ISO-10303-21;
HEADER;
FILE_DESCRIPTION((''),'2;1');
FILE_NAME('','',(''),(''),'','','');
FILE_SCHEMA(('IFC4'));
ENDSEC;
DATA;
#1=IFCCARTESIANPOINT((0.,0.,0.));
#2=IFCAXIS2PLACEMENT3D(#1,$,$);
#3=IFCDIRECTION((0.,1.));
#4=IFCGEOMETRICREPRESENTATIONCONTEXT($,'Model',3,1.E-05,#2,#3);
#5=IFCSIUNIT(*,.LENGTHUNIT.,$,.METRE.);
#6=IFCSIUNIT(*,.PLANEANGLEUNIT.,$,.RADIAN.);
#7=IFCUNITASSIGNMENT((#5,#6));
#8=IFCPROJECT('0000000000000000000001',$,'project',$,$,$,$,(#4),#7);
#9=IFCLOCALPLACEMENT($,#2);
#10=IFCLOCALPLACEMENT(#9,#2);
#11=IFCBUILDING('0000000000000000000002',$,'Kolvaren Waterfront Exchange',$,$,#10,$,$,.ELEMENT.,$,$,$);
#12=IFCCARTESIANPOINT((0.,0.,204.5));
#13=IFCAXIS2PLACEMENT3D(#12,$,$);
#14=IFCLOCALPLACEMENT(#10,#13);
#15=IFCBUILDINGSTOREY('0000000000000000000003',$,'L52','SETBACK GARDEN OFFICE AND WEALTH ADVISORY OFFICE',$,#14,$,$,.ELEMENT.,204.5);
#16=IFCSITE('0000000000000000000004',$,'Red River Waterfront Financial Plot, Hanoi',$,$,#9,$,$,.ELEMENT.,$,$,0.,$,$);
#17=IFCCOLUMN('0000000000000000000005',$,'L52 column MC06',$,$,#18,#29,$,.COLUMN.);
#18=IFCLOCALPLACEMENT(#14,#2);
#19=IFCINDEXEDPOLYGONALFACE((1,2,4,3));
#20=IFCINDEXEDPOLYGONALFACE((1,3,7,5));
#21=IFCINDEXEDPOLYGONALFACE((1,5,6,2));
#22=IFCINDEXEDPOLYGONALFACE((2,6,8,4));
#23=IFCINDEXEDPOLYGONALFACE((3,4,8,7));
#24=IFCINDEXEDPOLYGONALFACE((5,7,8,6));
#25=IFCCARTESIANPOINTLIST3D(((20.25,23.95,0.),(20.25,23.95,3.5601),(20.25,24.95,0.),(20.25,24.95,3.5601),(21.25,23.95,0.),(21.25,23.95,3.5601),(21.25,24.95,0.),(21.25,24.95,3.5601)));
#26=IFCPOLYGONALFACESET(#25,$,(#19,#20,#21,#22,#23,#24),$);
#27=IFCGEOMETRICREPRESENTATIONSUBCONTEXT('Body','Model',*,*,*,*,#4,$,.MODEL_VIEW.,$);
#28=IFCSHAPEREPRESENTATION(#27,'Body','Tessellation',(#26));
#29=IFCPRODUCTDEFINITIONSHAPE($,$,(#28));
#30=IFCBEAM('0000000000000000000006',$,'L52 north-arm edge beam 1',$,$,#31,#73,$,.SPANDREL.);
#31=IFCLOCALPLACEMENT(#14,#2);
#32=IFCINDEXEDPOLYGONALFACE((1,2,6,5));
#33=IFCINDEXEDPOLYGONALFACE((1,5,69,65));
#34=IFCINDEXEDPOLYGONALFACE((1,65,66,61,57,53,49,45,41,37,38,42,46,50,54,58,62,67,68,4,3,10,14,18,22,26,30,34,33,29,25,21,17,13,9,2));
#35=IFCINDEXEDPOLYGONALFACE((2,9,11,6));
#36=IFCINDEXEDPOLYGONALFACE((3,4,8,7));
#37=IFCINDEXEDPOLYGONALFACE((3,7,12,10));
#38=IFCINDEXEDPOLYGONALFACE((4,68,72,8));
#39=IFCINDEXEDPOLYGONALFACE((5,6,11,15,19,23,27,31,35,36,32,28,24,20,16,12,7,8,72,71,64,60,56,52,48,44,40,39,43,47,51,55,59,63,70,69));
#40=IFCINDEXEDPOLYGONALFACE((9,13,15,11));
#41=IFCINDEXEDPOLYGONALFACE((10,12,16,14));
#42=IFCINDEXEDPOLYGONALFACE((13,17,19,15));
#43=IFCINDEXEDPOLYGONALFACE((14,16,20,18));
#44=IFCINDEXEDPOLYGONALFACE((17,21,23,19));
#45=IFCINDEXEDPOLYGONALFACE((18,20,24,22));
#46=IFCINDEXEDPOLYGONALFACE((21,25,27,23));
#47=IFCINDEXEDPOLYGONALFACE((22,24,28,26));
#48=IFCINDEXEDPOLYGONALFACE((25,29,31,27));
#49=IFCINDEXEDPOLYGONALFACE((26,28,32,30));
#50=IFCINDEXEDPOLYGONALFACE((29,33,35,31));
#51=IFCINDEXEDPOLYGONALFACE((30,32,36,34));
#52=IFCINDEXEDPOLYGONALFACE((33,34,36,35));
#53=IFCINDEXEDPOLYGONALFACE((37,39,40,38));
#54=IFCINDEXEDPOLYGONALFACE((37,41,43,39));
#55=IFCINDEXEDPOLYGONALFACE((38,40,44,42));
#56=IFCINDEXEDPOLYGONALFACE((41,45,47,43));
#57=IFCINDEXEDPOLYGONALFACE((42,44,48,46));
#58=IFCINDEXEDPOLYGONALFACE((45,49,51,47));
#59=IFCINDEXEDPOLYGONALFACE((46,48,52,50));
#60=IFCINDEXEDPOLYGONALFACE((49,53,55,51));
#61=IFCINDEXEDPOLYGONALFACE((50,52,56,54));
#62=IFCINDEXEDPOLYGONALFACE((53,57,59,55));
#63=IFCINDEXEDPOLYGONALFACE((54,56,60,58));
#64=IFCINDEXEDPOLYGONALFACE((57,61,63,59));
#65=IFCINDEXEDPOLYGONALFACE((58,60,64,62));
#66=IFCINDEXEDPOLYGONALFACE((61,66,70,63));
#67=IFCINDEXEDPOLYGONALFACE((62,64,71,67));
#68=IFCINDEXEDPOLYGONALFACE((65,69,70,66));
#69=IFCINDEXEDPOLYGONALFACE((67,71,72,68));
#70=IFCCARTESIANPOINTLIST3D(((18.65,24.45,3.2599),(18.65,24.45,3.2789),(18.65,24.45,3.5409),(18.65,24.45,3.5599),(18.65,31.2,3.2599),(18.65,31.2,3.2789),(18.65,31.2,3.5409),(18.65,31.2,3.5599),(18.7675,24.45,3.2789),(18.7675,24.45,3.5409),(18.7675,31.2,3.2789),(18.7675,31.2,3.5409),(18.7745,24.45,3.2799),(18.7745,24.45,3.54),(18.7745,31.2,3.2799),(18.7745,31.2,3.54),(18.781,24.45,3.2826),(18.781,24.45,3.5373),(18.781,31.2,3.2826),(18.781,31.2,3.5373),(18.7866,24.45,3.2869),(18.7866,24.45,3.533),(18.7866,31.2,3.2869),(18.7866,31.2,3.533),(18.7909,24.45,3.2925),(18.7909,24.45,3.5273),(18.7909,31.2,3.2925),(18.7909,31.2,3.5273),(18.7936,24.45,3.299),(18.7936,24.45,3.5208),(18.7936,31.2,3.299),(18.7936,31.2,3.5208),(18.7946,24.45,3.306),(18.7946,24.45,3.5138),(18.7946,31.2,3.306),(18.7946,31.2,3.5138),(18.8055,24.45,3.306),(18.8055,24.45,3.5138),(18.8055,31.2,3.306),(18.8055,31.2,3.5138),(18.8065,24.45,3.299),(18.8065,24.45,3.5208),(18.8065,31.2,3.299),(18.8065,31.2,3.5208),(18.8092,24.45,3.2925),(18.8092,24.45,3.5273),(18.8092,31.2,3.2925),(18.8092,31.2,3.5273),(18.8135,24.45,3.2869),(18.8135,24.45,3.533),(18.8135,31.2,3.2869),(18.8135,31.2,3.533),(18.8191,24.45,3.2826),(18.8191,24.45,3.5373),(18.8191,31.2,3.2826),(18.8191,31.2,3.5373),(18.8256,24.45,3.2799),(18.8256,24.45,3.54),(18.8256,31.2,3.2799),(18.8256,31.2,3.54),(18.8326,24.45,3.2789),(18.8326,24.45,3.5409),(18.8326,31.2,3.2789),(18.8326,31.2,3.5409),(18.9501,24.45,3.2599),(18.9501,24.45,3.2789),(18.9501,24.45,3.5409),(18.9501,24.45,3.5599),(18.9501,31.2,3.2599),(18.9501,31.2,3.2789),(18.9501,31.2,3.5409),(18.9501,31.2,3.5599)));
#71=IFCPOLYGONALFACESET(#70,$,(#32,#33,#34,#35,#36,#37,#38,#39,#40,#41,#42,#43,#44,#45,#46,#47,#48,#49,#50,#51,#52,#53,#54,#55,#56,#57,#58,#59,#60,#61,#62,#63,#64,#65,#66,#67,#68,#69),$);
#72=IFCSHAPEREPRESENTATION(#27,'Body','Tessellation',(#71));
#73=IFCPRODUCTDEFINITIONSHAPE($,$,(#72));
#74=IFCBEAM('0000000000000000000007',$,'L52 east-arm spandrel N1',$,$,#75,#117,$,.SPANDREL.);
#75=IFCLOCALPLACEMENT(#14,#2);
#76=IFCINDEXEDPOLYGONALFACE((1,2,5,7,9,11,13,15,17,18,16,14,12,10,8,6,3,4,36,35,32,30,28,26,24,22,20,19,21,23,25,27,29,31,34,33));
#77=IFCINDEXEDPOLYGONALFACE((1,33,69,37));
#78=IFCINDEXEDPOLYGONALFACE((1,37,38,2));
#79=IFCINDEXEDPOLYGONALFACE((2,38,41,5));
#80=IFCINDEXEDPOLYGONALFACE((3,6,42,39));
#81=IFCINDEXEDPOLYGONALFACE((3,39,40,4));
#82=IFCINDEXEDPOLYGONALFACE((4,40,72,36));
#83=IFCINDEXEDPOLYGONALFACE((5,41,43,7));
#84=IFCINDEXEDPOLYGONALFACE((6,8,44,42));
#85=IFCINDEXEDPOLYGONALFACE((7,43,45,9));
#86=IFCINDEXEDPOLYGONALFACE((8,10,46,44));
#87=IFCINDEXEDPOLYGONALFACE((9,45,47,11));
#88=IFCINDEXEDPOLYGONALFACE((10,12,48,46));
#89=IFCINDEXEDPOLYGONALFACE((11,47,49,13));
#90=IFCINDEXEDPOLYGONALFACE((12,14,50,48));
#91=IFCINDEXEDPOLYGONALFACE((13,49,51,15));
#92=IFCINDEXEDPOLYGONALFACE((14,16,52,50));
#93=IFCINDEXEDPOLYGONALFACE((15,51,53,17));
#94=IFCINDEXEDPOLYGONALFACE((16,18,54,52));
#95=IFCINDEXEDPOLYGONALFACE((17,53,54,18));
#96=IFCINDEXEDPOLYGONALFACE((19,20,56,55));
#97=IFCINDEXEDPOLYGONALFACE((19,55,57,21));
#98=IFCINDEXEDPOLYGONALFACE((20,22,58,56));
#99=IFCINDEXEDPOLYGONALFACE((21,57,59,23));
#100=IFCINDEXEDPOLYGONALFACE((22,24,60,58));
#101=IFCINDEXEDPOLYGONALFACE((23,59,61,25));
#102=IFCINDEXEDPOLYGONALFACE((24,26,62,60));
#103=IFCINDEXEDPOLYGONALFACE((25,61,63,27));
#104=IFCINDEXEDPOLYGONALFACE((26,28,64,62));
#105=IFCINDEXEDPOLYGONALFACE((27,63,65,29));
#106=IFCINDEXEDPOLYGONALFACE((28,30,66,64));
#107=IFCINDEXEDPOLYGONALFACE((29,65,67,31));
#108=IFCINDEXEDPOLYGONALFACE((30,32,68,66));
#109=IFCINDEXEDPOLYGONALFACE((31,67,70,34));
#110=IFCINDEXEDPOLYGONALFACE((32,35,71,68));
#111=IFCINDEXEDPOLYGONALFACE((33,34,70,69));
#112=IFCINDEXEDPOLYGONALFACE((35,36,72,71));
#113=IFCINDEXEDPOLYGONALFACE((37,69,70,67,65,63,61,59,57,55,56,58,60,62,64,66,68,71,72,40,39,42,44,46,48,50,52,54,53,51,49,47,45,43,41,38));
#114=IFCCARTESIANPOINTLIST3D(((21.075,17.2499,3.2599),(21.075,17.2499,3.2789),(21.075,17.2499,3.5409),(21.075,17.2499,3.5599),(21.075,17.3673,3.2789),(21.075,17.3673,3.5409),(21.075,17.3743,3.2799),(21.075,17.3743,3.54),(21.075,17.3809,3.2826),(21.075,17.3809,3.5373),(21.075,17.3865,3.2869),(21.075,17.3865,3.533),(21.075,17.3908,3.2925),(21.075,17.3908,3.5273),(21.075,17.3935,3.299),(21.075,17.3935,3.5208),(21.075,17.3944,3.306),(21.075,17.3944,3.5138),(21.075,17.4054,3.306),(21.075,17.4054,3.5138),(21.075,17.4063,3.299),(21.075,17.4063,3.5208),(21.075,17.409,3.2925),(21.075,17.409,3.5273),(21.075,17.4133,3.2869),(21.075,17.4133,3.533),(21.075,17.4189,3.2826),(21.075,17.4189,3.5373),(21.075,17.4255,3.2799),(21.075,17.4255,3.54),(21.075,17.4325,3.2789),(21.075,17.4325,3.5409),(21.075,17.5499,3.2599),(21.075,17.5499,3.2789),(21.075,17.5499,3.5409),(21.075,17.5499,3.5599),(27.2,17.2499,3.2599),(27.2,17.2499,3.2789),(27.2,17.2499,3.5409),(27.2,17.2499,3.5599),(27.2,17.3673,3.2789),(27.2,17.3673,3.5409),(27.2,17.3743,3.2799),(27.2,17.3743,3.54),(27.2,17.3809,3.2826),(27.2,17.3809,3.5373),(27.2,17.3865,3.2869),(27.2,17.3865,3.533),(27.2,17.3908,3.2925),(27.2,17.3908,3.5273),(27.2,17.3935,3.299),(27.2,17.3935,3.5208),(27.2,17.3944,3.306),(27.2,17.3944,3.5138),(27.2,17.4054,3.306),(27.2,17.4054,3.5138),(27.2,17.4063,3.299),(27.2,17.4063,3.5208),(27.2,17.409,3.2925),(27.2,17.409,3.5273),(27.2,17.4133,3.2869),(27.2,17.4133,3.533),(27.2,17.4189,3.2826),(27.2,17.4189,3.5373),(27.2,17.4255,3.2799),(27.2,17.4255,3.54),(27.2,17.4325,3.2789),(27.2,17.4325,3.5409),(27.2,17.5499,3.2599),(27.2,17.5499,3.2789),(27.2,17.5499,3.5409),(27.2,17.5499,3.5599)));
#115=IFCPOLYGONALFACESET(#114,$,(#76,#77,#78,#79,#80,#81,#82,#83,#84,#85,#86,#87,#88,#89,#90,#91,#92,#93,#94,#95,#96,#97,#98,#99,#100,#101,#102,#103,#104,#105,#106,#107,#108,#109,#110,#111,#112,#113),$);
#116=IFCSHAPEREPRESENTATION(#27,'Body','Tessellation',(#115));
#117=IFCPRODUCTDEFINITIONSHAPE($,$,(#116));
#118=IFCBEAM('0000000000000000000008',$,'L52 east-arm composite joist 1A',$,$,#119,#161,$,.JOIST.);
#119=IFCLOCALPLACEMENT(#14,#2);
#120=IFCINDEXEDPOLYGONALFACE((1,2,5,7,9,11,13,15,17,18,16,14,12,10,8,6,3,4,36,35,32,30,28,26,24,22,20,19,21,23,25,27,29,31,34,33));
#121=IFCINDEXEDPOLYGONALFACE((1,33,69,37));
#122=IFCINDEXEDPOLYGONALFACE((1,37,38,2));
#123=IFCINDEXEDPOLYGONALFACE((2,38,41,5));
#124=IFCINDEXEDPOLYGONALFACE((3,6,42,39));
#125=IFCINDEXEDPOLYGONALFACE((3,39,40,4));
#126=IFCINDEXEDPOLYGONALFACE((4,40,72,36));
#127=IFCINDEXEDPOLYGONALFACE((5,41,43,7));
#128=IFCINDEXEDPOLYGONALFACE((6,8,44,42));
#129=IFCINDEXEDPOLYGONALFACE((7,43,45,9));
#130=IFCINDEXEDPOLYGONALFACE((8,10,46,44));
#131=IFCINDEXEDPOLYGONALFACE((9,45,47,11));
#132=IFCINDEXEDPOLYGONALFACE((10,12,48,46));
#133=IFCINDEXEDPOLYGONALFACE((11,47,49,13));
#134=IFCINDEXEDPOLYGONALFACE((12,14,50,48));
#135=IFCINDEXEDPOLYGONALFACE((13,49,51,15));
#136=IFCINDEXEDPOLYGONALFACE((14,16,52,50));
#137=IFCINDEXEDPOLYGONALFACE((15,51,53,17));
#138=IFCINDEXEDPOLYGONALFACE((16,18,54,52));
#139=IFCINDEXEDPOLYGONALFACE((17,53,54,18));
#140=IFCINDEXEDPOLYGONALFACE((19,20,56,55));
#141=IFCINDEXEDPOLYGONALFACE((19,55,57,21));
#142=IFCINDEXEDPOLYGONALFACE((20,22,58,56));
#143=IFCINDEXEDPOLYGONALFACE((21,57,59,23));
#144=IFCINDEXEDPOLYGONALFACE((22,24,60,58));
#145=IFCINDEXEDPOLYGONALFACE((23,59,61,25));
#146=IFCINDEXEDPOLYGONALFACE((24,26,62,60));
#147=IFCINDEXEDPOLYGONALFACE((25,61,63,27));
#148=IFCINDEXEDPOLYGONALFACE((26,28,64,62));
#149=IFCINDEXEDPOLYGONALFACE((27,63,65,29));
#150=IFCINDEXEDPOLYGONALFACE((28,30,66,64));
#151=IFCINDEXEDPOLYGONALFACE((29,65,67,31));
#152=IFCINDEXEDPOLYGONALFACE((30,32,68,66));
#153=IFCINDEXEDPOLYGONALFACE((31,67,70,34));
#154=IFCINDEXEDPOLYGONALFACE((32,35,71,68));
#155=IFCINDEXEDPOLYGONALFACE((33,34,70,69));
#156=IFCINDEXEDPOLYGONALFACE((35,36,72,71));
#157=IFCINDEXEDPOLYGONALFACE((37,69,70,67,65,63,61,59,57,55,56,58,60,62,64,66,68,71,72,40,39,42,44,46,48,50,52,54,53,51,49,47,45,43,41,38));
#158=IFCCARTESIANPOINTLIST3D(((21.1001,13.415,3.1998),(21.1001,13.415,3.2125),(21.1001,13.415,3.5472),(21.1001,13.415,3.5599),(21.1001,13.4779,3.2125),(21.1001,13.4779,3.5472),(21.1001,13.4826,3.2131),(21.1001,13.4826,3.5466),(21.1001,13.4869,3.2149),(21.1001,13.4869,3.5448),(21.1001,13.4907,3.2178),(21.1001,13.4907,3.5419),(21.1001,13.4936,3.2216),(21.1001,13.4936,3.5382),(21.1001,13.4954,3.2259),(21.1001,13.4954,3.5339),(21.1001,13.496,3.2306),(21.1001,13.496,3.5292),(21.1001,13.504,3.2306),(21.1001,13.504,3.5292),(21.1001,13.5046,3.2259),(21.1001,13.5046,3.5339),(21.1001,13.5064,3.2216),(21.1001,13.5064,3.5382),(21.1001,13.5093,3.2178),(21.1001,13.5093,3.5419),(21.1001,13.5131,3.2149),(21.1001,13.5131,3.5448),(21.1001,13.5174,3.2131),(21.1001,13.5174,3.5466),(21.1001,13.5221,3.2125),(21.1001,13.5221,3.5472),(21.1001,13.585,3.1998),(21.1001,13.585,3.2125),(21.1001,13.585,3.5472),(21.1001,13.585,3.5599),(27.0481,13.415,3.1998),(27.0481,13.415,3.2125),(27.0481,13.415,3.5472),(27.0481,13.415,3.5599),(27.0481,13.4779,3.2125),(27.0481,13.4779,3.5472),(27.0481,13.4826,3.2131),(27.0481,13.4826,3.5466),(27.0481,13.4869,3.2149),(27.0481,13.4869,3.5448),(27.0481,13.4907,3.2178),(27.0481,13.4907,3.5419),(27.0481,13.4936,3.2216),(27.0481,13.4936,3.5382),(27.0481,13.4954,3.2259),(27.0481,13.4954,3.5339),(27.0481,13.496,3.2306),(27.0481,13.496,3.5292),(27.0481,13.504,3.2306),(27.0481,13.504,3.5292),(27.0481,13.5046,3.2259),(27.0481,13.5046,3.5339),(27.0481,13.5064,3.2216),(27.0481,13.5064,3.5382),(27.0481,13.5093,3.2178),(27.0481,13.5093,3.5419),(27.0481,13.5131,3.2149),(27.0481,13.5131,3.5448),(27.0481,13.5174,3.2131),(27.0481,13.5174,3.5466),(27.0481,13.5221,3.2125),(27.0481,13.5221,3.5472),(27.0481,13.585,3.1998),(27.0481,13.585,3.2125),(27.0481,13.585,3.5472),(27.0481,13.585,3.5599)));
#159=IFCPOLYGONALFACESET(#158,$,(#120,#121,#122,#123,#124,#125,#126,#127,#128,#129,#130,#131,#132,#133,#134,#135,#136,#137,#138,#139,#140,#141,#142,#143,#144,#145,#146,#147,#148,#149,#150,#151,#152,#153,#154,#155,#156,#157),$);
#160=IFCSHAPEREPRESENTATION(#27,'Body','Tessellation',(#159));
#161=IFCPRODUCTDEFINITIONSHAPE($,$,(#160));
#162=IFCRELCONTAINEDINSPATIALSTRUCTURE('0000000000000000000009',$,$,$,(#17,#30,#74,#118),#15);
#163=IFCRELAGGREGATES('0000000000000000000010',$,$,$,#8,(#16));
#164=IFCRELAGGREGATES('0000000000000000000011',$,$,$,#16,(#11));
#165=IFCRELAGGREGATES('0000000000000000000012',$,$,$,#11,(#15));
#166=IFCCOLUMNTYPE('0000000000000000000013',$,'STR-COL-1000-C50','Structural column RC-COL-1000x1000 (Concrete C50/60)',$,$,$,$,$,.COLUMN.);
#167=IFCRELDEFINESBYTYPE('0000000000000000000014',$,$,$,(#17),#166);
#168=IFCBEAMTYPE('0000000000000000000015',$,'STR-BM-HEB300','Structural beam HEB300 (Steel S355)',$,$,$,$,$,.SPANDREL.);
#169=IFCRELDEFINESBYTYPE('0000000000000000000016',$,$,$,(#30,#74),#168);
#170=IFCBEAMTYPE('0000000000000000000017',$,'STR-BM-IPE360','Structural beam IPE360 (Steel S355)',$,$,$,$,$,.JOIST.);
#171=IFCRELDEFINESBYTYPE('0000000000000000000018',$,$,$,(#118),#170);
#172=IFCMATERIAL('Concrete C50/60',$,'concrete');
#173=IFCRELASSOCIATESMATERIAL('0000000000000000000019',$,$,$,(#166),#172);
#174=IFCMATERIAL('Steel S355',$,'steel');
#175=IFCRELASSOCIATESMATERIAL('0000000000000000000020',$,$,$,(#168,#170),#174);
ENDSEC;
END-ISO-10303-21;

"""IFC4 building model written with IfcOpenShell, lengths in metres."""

from ifc_helpers import new_model, si_unit, direction, frame, origin, origin_2d, place, context, subcontext, project, spatial, rectangle, i_section, extrude, material, material_profile, profile_set, type_object, element, save


model = new_model("IFC4")

# Units and contexts
model_context = context("Model", 3, precision=1e-05, world=origin(), true_north=direction((0.0, 1.0)))
body_context = subcontext(model_context, "Body", "Model", "MODEL_VIEW")
ifc_project = project(units=[si_unit("LENGTHUNIT", "METRE"), si_unit("PLANEANGLEUNIT", "RADIAN")], contexts=[model_context])

# Site, building, storey
site_placement = place(None, origin())
site = spatial("IfcSite", under=ifc_project, at=site_placement, Name="Red River Waterfront Financial Plot, Hanoi", CompositionType="ELEMENT", RefElevation=0.0)
building_placement = place(site_placement, origin())
building = spatial("IfcBuilding", under=site, at=building_placement, Name="Kolvaren Waterfront Exchange", CompositionType="ELEMENT")
storey_placement = place(building_placement, frame((0.0, 0.0, 204.5)))
storey = spatial("IfcBuildingStorey", under=building, at=storey_placement, Name="L52", Description="SETBACK GARDEN OFFICE AND WEALTH ADVISORY OFFICE", CompositionType="ELEMENT", Elevation=204.5)

# Column
ifc_material_1 = material(Name="Concrete C50/60", Category="concrete")
ifc_material_profile_1 = material_profile(ifc_material_1, rectangle(XDim=1.0, YDim=1.0, at=origin_2d()), Name="RC-COL-1000x1000")
ifc_profile_set_1 = profile_set([ifc_material_profile_1], Name="Concrete C50/60")
column_type = type_object("IfcColumnType", Name="STR-COL-1000-C50", Description="Structural column RC-COL-1000x1000 (Concrete C50/60)", PredefinedType="COLUMN", material=ifc_profile_set_1)
column_placement = place(storey_placement, frame((20.75, 24.45, 0.0), z_axis=(0.0, 0.0, 1.0), x_axis=(1.0, 0.0, 0.0)))
element("IfcColumn", 1, at=column_placement, inside=storey, type_object=column_type, Name="L52 column MC06", PredefinedType="COLUMN", context=body_context, shape_type="SweptSolid", body=[
    extrude(rectangle(XDim=1.0, YDim=1.0, at=origin_2d()), origin(), (0.0, 0.0, 1.0), 3.5601),
])

# Beams
ifc_material_2 = material(Name="Steel S355", Category="steel")
ifc_material_profile_2 = material_profile(ifc_material_2, i_section(OverallWidth=0.3, OverallDepth=0.3, WebThickness=0.011, FlangeThickness=0.019, FilletRadius=0.0271, at=origin_2d()), Name="HEB300")
ifc_profile_set_2 = profile_set([ifc_material_profile_2], Name="Steel S355")
beam_type_1 = type_object("IfcBeamType", Name="STR-BM-HEB300", Description="Structural beam HEB300 (Steel S355)", PredefinedType="SPANDREL", material=ifc_profile_set_2)
beam_1_placement = place(storey_placement, frame((18.8, 24.45, 3.4099), z_axis=(0.0, 1.0, 0.0), x_axis=(-1.0, 0.0, 0.0)))
element("IfcBeam", 2, at=beam_1_placement, inside=storey, type_object=beam_type_1, Name="L52 north-arm edge beam 1", PredefinedType="SPANDREL", context=body_context, shape_type="SweptSolid", body=[
    extrude(i_section(OverallWidth=0.3, OverallDepth=0.3, WebThickness=0.011, FlangeThickness=0.019, FilletRadius=0.0271, at=origin_2d()), origin(), (0.0, 0.0, 1.0), 6.75),
])
beam_2_placement = place(storey_placement, frame((21.075, 17.3999, 3.4099), z_axis=(1.0, 0.0, 0.0), x_axis=(0.0, 1.0, 0.0)))
element("IfcBeam", 3, at=beam_2_placement, inside=storey, type_object=beam_type_1, Name="L52 east-arm spandrel N1", PredefinedType="SPANDREL", context=body_context, shape_type="SweptSolid", body=[
    extrude(i_section(OverallWidth=0.3, OverallDepth=0.3, WebThickness=0.011, FlangeThickness=0.019, FilletRadius=0.0271, at=origin_2d()), origin(), (0.0, 0.0, 1.0), 6.125),
])
ifc_material_profile_3 = material_profile(ifc_material_2, i_section(OverallWidth=0.1699, OverallDepth=0.3601, WebThickness=0.0081, FlangeThickness=0.0127, FilletRadius=0.0181, at=origin_2d()), Name="IPE360")
ifc_profile_set_3 = profile_set([ifc_material_profile_3], Name="Steel S355")
beam_type_2 = type_object("IfcBeamType", Name="STR-BM-IPE360", Description="Structural beam IPE360 (Steel S355)", PredefinedType="JOIST", material=ifc_profile_set_3)
for number, where, z_axis, x_axis, name in (
    (4, (21.1001, 13.5, 3.3799), (1.0, 0.0, 0.0), (0.0, 1.0, 0.0), "L52 east-arm composite joist 1A"),
):
    element("IfcBeam", number, at=place(storey_placement, frame(where, z_axis=z_axis, x_axis=x_axis)), inside=storey, type_object=beam_type_2, Name=name, PredefinedType="JOIST", context=body_context, shape_type="SweptSolid", body=[
        extrude(i_section(OverallWidth=0.1699, OverallDepth=0.3601, WebThickness=0.0081, FlangeThickness=0.0127, FilletRadius=0.0181, at=origin_2d()), origin(), (0.0, 0.0, 1.0), 5.948),
    ])

save(model, "model.ifc")
